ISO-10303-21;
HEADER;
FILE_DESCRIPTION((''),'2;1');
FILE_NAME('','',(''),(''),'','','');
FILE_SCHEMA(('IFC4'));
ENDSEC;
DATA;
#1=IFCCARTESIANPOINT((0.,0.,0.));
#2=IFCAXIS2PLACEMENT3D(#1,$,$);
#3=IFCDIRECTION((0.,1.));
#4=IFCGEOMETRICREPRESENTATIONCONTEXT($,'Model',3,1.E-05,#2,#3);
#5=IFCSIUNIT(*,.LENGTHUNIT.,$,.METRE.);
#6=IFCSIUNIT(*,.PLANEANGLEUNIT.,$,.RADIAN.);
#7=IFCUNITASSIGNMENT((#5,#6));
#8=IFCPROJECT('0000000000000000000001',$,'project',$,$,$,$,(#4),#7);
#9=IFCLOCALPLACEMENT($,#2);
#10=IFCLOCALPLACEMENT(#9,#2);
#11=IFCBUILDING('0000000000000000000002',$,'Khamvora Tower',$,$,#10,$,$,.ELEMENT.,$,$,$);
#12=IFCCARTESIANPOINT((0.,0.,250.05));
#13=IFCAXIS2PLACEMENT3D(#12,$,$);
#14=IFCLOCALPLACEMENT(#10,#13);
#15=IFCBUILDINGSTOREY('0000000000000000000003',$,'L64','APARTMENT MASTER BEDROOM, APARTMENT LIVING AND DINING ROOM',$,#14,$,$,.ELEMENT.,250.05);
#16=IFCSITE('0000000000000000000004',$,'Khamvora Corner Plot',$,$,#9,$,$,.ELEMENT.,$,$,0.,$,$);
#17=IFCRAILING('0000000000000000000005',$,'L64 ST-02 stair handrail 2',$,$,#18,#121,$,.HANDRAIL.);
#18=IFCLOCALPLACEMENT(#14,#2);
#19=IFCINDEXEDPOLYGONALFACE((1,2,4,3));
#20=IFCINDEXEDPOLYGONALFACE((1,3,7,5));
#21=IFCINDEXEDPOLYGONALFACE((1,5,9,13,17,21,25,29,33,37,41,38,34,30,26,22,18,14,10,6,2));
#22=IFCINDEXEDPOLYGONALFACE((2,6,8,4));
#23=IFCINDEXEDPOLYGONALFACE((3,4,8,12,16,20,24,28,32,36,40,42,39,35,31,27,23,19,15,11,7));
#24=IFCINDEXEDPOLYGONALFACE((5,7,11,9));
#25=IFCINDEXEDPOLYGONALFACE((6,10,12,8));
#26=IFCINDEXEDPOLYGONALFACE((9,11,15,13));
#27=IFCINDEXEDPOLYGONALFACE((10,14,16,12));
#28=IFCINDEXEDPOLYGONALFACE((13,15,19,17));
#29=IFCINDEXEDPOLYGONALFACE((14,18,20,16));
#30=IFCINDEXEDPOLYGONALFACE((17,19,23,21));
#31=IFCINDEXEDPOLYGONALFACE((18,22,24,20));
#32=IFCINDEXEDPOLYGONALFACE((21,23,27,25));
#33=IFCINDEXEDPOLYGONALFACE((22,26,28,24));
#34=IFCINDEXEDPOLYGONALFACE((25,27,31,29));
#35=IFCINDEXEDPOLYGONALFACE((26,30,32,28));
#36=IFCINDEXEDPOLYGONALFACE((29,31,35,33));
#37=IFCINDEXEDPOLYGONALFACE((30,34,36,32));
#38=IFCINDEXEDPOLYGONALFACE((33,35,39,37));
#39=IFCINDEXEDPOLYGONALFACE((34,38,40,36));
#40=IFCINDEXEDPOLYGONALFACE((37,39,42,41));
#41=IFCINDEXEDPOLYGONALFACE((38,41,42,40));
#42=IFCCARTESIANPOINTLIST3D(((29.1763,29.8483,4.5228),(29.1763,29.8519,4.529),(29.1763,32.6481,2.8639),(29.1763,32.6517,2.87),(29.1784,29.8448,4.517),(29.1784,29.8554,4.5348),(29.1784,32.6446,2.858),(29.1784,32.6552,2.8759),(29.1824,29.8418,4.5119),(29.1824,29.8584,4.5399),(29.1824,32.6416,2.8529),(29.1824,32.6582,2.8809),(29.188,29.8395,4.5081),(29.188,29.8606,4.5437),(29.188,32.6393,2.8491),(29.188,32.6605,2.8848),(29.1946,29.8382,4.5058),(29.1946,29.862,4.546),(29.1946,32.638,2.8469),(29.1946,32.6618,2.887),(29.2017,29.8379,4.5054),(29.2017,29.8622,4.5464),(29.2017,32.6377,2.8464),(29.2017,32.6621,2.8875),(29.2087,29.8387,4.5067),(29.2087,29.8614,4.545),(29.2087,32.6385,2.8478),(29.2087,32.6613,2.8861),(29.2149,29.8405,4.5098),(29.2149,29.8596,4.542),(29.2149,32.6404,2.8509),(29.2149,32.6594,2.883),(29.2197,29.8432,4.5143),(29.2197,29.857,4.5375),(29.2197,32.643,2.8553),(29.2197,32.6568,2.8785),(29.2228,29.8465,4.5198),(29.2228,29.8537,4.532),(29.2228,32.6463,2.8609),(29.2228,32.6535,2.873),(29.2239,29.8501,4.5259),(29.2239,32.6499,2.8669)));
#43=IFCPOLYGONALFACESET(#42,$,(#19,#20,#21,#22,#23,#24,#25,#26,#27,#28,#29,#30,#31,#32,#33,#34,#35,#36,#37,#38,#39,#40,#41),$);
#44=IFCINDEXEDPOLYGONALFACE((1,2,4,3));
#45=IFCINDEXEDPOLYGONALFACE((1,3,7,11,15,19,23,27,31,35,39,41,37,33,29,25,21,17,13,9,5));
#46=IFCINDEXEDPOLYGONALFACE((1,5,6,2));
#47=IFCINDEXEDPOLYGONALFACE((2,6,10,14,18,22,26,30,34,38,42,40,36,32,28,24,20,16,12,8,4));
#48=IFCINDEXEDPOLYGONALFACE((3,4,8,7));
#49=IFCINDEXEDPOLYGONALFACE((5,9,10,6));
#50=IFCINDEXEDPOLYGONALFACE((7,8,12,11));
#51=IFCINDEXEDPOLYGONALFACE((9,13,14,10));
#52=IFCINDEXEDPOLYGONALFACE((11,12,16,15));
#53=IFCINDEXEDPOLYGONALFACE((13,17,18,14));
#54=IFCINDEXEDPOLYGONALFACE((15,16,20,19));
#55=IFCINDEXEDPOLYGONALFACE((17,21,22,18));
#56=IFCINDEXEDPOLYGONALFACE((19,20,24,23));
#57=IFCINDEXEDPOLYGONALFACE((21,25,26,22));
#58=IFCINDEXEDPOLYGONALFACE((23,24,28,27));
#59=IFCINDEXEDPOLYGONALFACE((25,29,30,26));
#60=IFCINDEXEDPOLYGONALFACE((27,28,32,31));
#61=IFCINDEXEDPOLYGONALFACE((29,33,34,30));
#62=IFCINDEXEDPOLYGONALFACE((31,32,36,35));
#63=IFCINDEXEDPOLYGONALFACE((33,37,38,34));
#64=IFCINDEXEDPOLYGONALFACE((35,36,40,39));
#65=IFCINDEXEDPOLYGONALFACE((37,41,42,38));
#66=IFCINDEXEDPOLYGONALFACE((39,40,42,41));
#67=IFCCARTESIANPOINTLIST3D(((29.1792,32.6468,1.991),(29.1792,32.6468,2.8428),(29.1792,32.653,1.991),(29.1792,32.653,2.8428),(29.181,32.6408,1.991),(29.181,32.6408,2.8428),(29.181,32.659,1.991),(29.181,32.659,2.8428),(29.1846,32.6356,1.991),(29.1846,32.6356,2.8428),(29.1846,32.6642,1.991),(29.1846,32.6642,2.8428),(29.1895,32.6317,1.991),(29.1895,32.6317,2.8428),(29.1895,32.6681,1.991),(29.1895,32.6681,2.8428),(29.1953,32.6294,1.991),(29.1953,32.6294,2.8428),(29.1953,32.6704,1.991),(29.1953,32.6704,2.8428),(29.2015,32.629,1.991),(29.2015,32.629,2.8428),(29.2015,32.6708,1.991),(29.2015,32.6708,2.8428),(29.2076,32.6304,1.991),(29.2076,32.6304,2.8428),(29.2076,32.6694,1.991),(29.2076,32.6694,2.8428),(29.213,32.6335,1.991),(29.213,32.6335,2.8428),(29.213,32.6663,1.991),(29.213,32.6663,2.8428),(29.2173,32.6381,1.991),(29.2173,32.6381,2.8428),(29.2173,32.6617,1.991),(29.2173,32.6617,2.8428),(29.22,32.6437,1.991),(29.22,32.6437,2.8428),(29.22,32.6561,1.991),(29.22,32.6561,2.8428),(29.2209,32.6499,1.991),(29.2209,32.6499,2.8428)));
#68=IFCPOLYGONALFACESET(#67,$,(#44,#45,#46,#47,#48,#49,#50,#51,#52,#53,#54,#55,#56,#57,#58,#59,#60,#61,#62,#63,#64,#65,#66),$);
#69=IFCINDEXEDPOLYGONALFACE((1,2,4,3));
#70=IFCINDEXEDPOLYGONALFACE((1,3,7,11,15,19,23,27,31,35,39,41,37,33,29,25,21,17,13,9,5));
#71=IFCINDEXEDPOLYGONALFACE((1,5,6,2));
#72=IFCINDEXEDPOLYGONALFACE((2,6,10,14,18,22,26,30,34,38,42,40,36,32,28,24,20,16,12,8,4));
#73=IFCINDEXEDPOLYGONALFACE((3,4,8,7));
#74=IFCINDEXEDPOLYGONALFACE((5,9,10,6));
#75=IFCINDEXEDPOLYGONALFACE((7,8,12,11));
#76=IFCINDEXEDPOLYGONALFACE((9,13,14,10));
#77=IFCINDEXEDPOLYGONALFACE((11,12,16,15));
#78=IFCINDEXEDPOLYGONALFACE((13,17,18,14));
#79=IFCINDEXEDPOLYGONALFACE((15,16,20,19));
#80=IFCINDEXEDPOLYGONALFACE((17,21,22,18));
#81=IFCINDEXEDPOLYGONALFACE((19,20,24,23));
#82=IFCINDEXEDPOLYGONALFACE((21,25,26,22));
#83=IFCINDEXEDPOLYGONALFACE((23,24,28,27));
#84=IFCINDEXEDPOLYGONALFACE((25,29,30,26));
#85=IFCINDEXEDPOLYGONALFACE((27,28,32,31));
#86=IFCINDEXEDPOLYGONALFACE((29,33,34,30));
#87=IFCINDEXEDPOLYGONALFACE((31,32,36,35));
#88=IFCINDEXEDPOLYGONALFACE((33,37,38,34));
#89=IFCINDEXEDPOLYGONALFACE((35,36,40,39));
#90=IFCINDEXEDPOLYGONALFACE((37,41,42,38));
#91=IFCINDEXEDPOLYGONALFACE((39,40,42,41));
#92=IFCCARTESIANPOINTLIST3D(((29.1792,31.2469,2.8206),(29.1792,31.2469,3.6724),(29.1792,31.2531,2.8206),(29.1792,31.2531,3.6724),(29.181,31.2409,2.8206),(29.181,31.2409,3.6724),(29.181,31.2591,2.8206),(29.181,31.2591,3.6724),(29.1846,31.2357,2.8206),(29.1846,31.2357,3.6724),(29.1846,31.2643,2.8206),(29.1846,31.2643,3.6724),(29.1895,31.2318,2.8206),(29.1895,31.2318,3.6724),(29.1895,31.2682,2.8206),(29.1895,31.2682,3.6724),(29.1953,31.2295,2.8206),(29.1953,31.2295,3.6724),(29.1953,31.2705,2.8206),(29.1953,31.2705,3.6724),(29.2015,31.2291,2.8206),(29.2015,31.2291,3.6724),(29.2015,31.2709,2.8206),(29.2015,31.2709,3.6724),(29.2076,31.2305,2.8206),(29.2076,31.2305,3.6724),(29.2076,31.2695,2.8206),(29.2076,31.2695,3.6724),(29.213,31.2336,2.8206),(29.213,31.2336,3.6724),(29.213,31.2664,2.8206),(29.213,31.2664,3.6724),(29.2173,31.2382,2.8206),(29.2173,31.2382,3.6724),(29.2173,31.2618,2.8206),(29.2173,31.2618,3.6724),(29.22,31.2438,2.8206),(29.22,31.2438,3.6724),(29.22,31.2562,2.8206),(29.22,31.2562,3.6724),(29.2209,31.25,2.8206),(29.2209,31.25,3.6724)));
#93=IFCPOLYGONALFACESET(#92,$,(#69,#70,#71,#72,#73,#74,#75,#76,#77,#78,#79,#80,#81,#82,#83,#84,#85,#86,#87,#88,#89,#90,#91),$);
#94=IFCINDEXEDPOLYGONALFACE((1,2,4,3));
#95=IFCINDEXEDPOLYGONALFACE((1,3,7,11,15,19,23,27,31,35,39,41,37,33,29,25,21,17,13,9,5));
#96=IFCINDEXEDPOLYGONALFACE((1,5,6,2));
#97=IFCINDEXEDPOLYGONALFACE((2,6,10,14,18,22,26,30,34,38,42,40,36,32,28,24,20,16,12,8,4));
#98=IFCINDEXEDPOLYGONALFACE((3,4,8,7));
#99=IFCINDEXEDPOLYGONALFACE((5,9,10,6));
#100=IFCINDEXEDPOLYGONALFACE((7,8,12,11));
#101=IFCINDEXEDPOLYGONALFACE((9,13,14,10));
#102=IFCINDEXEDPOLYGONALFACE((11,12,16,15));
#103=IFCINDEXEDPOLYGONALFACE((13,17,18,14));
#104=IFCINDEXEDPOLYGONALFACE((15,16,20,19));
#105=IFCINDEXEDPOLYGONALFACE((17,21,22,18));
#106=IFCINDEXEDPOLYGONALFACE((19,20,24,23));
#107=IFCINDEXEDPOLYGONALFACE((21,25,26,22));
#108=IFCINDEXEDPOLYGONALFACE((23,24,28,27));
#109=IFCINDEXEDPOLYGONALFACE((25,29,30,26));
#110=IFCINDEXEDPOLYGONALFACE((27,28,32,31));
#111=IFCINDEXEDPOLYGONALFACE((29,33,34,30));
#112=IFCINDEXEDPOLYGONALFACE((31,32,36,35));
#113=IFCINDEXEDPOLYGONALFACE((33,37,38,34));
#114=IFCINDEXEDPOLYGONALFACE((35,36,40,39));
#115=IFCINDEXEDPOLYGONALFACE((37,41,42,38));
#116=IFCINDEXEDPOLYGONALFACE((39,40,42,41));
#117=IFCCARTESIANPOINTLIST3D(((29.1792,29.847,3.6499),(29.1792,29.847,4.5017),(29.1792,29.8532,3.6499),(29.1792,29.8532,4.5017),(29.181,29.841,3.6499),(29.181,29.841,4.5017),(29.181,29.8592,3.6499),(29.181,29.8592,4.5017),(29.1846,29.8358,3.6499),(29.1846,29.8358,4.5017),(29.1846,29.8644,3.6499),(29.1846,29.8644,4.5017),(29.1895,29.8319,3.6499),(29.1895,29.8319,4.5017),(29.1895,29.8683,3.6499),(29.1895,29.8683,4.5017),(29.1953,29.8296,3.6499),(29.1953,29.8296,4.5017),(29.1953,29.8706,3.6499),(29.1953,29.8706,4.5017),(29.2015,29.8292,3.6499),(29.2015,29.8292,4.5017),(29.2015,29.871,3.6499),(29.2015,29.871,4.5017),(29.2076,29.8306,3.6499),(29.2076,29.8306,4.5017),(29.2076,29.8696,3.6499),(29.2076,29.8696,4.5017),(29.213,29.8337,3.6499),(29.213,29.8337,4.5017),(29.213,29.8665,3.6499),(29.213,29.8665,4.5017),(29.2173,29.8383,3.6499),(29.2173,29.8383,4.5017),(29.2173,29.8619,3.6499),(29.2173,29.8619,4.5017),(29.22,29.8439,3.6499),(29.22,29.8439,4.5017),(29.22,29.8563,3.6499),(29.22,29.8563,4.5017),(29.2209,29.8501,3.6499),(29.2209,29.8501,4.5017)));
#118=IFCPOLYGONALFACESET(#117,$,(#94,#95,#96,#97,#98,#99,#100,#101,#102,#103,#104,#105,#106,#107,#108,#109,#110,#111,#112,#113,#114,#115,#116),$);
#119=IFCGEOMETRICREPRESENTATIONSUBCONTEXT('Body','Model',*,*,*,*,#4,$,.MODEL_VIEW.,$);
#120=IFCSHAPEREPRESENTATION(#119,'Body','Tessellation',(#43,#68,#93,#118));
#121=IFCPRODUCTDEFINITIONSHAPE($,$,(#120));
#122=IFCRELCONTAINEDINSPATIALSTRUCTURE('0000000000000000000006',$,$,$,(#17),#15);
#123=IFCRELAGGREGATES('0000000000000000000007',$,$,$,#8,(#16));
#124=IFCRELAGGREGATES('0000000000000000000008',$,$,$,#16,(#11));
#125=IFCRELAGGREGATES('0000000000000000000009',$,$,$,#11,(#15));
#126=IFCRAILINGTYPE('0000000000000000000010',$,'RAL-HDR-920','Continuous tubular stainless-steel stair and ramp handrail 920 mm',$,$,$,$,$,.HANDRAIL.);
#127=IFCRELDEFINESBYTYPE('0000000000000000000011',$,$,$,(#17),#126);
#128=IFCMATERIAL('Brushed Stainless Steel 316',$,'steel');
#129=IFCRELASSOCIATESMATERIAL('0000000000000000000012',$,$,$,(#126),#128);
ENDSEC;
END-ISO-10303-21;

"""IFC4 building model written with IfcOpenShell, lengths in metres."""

from ifc_helpers import new_model, si_unit, direction, frame, origin, origin_2d, place, context, subcontext, project, spatial, circle, extrude, material, type_object, element, save


model = new_model("IFC4")

# Units and contexts
model_context = context("Model", 3, precision=1e-05, world=origin(), true_north=direction((0.0, 1.0)))
body_context = subcontext(model_context, "Body", "Model", "MODEL_VIEW")
ifc_project = project(units=[si_unit("LENGTHUNIT", "METRE"), si_unit("PLANEANGLEUNIT", "RADIAN")], contexts=[model_context])

# Site, building, storey
site_placement = place(None, origin())
site = spatial("IfcSite", under=ifc_project, at=site_placement, Name="Khamvora Corner Plot", CompositionType="ELEMENT", RefElevation=0.0)
building_placement = place(site_placement, origin())
building = spatial("IfcBuilding", under=site, at=building_placement, Name="Khamvora Tower", CompositionType="ELEMENT")
storey_placement = place(building_placement, frame((0.0, 0.0, 250.05)))
storey = spatial("IfcBuildingStorey", under=building, at=storey_placement, Name="L64", Description="APARTMENT MASTER BEDROOM, APARTMENT LIVING AND DINING ROOM", CompositionType="ELEMENT", Elevation=250.05)

# Railing
ifc_material_1 = material(Name="Brushed Stainless Steel 316", Category="steel")
railing_type_1 = type_object("IfcRailingType", Name="RAL-HDR-920", Description="Continuous tubular stainless-steel stair and ramp handrail 920 mm", PredefinedType="HANDRAIL", material=ifc_material_1)
railing_1_placement = place(storey_placement, frame((29.2, 32.6499, 1.991)))
element("IfcRailing", 1, at=railing_1_placement, inside=storey, type_object=railing_type_1, Name="L64 ST-02 stair handrail 2", PredefinedType="HANDRAIL", context=body_context, shape_type="SweptSolid", body=[
    extrude(circle(Radius=0.0239, at=origin_2d()), frame((0.0, 0.0, 0.876), z_axis=(0.0, -0.86032, 0.509755), x_axis=(1.0, 0.0, 0.0)), (0.0, 0.0, 1.0), 3.2544),
    extrude(circle(Radius=0.021, at=origin_2d()), origin(), (0.0, 0.0, 1.0), 0.8518),
    extrude(circle(Radius=0.021, at=origin_2d()), frame((0.0, -1.3999, 0.8296)), (0.0, 0.0, 1.0), 0.8518),
    extrude(circle(Radius=0.021, at=origin_2d()), frame((0.0, -2.7998, 1.6589)), (0.0, 0.0, 1.0), 0.8518),
])

save(model, "model.ifc")
